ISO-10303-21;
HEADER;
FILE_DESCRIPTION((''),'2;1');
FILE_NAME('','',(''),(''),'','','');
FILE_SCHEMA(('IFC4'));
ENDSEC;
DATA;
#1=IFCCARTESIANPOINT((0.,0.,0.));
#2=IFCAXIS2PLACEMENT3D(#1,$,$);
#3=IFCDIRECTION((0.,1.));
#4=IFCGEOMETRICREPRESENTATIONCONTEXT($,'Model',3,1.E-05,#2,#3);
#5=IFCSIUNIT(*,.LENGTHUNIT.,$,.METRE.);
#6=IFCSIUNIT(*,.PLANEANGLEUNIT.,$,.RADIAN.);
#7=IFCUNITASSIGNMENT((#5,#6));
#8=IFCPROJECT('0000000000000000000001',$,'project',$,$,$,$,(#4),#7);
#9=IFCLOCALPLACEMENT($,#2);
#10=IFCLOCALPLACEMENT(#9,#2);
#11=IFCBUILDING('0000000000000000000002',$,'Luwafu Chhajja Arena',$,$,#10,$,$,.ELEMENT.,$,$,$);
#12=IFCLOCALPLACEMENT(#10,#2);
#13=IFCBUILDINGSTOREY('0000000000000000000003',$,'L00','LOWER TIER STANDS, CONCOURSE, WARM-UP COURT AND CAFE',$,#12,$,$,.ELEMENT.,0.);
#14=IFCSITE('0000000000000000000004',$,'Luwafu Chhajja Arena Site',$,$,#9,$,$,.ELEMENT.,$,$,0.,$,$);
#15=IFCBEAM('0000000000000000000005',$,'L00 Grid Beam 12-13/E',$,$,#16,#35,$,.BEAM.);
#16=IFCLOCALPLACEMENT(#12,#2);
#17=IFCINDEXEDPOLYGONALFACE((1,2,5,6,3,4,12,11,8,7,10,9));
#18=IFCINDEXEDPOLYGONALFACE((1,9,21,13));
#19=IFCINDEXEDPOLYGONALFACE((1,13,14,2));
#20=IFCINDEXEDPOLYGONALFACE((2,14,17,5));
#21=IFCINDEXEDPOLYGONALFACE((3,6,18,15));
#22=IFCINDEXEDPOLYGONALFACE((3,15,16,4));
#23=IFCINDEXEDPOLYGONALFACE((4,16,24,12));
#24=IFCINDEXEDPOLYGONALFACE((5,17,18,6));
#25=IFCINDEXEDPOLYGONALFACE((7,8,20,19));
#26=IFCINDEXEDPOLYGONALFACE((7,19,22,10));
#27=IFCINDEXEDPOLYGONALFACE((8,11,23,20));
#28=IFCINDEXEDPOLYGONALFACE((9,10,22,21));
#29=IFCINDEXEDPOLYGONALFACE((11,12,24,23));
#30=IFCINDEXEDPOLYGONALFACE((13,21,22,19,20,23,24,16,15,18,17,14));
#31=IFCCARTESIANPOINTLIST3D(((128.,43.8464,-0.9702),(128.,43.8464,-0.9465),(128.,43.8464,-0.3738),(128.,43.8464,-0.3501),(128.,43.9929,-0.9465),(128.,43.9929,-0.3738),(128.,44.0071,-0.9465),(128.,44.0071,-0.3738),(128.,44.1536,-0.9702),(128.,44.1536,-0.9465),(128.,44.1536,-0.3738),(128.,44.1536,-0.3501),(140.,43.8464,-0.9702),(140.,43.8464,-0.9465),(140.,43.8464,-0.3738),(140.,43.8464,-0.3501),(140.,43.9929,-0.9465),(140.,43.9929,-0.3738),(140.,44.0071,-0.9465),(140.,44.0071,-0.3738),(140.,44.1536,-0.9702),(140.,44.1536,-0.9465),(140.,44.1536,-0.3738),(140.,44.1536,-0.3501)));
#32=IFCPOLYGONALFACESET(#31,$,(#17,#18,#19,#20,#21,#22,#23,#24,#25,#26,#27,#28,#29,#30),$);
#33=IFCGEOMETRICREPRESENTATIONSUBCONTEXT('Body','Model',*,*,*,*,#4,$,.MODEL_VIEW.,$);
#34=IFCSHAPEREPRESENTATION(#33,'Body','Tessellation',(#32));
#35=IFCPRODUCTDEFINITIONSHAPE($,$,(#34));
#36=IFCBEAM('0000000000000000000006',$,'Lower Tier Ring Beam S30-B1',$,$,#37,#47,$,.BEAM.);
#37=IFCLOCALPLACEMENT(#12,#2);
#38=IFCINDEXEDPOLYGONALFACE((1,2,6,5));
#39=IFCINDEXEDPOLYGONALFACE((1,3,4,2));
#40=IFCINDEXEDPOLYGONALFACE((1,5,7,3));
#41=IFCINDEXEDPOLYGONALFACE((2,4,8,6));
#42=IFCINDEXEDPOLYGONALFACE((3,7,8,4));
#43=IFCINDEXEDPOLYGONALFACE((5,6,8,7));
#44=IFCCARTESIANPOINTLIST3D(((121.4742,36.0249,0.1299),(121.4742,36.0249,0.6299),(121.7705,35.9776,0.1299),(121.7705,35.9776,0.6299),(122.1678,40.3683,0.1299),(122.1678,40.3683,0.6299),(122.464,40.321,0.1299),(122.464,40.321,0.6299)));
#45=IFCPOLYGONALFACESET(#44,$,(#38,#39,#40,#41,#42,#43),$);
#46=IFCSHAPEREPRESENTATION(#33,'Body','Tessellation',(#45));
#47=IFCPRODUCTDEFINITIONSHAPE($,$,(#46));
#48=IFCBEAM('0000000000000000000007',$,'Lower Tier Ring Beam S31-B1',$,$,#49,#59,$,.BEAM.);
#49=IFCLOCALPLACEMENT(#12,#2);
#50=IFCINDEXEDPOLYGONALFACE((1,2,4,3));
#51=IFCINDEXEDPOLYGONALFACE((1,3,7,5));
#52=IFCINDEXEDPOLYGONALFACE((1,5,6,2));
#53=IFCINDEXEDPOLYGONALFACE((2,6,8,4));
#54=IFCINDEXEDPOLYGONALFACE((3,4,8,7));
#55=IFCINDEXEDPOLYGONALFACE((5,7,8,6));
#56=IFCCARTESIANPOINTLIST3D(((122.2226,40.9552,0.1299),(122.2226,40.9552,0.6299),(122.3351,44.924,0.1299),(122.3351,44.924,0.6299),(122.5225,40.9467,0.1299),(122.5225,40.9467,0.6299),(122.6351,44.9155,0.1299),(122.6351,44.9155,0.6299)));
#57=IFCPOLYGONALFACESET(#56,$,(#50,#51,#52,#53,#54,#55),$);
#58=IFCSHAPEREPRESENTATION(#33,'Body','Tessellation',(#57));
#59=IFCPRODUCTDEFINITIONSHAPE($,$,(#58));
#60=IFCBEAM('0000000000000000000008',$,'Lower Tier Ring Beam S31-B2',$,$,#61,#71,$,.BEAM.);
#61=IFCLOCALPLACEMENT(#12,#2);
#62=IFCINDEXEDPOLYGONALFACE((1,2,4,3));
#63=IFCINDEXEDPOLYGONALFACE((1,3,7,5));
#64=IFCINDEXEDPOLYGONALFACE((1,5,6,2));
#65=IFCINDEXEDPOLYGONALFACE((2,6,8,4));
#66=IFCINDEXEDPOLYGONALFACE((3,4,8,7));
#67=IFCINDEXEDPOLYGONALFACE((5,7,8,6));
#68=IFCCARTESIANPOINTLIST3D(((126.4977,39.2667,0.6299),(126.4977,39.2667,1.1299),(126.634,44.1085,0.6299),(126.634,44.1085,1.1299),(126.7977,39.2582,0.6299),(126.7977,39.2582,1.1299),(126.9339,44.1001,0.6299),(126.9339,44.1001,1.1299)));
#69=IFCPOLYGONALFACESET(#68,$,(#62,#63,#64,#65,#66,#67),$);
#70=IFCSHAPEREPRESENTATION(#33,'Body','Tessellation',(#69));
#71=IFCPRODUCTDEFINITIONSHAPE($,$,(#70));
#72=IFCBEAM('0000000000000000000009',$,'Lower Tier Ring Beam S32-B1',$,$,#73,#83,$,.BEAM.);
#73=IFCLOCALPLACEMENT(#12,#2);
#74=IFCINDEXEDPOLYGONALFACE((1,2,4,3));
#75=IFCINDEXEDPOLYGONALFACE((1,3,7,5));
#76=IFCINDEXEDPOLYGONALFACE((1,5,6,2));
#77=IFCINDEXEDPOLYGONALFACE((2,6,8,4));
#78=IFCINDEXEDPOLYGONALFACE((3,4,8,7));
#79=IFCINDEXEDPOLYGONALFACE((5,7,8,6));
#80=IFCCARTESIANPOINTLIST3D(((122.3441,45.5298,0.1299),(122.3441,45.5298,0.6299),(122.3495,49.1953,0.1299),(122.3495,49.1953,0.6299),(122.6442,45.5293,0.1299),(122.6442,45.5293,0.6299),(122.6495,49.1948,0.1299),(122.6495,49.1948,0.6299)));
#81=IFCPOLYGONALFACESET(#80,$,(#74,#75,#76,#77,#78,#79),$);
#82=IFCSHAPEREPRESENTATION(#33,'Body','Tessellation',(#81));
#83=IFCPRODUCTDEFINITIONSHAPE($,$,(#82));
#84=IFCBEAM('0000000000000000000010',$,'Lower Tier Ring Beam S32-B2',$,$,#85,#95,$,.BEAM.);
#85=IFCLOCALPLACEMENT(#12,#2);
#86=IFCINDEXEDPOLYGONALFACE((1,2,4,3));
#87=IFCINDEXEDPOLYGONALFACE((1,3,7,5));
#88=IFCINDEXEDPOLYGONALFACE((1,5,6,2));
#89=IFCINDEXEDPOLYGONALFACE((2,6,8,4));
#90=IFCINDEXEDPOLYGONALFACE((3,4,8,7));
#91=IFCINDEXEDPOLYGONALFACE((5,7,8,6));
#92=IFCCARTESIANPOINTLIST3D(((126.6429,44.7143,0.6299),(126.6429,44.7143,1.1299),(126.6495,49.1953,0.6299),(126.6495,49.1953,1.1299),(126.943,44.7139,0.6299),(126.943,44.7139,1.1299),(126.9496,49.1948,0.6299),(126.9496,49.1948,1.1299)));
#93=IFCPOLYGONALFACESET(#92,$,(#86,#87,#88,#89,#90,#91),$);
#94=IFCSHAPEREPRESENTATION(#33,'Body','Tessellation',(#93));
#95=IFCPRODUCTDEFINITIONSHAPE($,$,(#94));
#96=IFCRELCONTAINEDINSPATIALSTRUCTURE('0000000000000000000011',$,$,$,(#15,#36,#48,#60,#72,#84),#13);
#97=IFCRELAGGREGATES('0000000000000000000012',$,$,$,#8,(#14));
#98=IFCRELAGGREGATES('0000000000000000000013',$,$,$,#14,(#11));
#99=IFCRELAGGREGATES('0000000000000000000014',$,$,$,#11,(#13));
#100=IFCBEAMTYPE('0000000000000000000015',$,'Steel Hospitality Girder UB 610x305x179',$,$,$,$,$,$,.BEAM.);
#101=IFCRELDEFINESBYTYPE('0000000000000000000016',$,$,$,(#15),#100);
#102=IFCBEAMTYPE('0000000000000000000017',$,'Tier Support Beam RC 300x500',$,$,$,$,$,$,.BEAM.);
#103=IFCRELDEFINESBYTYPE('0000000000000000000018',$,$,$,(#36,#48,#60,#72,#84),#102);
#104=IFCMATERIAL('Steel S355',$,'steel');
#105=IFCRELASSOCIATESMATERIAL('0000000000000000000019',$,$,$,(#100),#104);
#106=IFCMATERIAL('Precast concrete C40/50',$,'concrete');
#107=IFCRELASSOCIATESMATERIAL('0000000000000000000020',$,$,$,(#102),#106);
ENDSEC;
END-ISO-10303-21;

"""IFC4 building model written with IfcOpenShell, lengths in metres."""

from ifc_helpers import new_model, si_unit, direction, frame, origin, origin_2d, place, context, subcontext, project, spatial, rectangle, i_section, extrude, material, material_profile, profile_set, type_object, element, save


model = new_model("IFC4")

# Units and contexts
model_context = context("Model", 3, precision=1e-05, world=origin(), true_north=direction((0.0, 1.0)))
body_context = subcontext(model_context, "Body", "Model", "MODEL_VIEW")
ifc_project = project(units=[si_unit("LENGTHUNIT", "METRE"), si_unit("PLANEANGLEUNIT", "RADIAN")], contexts=[model_context])

# Site, building, storey
site_placement = place(None, origin())
site = spatial("IfcSite", under=ifc_project, at=site_placement, Name="Luwafu Chhajja Arena Site", CompositionType="ELEMENT", RefElevation=0.0)
building_placement = place(site_placement, origin())
building = spatial("IfcBuilding", under=site, at=building_placement, Name="Luwafu Chhajja Arena", CompositionType="ELEMENT")
storey_placement = place(building_placement, origin())
storey = spatial("IfcBuildingStorey", under=building, at=storey_placement, Name="L00", Description="LOWER TIER STANDS, CONCOURSE, WARM-UP COURT AND CAFE", CompositionType="ELEMENT", Elevation=0.0)

# Beams
ifc_material_1 = material(Name="Precast concrete C40/50", Category="concrete")
ifc_material_2 = material(Name="Steel S355", Category="steel")
ifc_material_profile_1 = material_profile(ifc_material_2, i_section(OverallWidth=0.3071, OverallDepth=0.6201, WebThickness=0.0142, FlangeThickness=0.0237, at=origin_2d()), Name="UB 610x305x179")
ifc_profile_set_1 = profile_set([ifc_material_profile_1], Name="Steel S355")
beam_type_1 = type_object("IfcBeamType", Name="Steel Hospitality Girder UB 610x305x179", PredefinedType="BEAM", material=ifc_profile_set_1)
beam_1_placement = place(storey_placement, frame((128.0, 44.0, -0.6602), z_axis=(1.0, 0.0, 0.0), x_axis=(0.0, 1.0, 0.0)))
element("IfcBeam", 1, at=beam_1_placement, inside=storey, type_object=beam_type_1, Name="L00 Grid Beam 12-13/E", PredefinedType="BEAM", context=body_context, shape_type="SweptSolid", body=[
    extrude(i_section(OverallWidth=0.3071, OverallDepth=0.6201, WebThickness=0.0142, FlangeThickness=0.0237, at=origin_2d()), origin(), (0.0, 0.0, 1.0), 12.0),
])
ifc_material_profile_2 = material_profile(ifc_material_1, rectangle(XDim=0.3, YDim=0.5, at=origin_2d()), Name="RC 300x500")
ifc_profile_set_2 = profile_set([ifc_material_profile_2], Name="Precast concrete C40/50")
beam_type_2 = type_object("IfcBeamType", Name="Tier Support Beam RC 300x500", PredefinedType="BEAM", material=ifc_profile_set_2)
beam_2_placement = place(storey_placement, frame((121.6223, 36.0012, 0.3799), z_axis=(0.15769, 0.987489, 0.0), x_axis=(-0.987489, 0.15769, 0.0)))
element("IfcBeam", 2, at=beam_2_placement, inside=storey, type_object=beam_type_2, Name="Lower Tier Ring Beam S30-B1", PredefinedType="BEAM", context=body_context, shape_type="SweptSolid", body=[
    extrude(rectangle(XDim=0.3, YDim=0.5, at=origin_2d()), origin(), (0.0, 0.0, 1.0), 4.3984),
])
beam_3_placement = place(storey_placement, frame((122.3726, 40.9509, 0.3799), z_axis=(0.028347, 0.999598, 0.0), x_axis=(-0.999598, 0.028347, 0.0)))
element("IfcBeam", 3, at=beam_3_placement, inside=storey, type_object=beam_type_2, Name="Lower Tier Ring Beam S31-B1", PredefinedType="BEAM", context=body_context, shape_type="SweptSolid", body=[
    extrude(rectangle(XDim=0.3, YDim=0.5, at=origin_2d()), origin(), (0.0, 0.0, 1.0), 3.9705),
])
beam_4_placement = place(storey_placement, frame((126.6477, 39.2625, 0.8799), z_axis=(0.028125, 0.999604, 0.0), x_axis=(-0.999604, 0.028125, 0.0)))
element("IfcBeam", 4, at=beam_4_placement, inside=storey, type_object=beam_type_2, Name="Lower Tier Ring Beam S31-B2", PredefinedType="BEAM", context=body_context, shape_type="SweptSolid", body=[
    extrude(rectangle(XDim=0.3, YDim=0.5, at=origin_2d()), origin(), (0.0, 0.0, 1.0), 4.8438),
])
beam_5_placement = place(storey_placement, frame((122.4941, 45.5295, 0.3799), z_axis=(0.001465, 0.999999, 0.0), x_axis=(-0.999999, 0.001465, 0.0)))
element("IfcBeam", 5, at=beam_5_placement, inside=storey, type_object=beam_type_2, Name="Lower Tier Ring Beam S32-B1", PredefinedType="BEAM", context=body_context, shape_type="SweptSolid", body=[
    extrude(rectangle(XDim=0.3, YDim=0.5, at=origin_2d()), origin(), (0.0, 0.0, 1.0), 3.6655),
])
beam_6_placement = place(storey_placement, frame((126.793, 44.7141, 0.8799), z_axis=(0.001471, 0.999999, 0.0), x_axis=(-0.999999, 0.001471, 0.0)))
element("IfcBeam", 6, at=beam_6_placement, inside=storey, type_object=beam_type_2, Name="Lower Tier Ring Beam S32-B2", PredefinedType="BEAM", context=body_context, shape_type="SweptSolid", body=[
    extrude(rectangle(XDim=0.3, YDim=0.5, at=origin_2d()), origin(), (0.0, 0.0, 1.0), 4.481),
])

save(model, "model.ifc")
